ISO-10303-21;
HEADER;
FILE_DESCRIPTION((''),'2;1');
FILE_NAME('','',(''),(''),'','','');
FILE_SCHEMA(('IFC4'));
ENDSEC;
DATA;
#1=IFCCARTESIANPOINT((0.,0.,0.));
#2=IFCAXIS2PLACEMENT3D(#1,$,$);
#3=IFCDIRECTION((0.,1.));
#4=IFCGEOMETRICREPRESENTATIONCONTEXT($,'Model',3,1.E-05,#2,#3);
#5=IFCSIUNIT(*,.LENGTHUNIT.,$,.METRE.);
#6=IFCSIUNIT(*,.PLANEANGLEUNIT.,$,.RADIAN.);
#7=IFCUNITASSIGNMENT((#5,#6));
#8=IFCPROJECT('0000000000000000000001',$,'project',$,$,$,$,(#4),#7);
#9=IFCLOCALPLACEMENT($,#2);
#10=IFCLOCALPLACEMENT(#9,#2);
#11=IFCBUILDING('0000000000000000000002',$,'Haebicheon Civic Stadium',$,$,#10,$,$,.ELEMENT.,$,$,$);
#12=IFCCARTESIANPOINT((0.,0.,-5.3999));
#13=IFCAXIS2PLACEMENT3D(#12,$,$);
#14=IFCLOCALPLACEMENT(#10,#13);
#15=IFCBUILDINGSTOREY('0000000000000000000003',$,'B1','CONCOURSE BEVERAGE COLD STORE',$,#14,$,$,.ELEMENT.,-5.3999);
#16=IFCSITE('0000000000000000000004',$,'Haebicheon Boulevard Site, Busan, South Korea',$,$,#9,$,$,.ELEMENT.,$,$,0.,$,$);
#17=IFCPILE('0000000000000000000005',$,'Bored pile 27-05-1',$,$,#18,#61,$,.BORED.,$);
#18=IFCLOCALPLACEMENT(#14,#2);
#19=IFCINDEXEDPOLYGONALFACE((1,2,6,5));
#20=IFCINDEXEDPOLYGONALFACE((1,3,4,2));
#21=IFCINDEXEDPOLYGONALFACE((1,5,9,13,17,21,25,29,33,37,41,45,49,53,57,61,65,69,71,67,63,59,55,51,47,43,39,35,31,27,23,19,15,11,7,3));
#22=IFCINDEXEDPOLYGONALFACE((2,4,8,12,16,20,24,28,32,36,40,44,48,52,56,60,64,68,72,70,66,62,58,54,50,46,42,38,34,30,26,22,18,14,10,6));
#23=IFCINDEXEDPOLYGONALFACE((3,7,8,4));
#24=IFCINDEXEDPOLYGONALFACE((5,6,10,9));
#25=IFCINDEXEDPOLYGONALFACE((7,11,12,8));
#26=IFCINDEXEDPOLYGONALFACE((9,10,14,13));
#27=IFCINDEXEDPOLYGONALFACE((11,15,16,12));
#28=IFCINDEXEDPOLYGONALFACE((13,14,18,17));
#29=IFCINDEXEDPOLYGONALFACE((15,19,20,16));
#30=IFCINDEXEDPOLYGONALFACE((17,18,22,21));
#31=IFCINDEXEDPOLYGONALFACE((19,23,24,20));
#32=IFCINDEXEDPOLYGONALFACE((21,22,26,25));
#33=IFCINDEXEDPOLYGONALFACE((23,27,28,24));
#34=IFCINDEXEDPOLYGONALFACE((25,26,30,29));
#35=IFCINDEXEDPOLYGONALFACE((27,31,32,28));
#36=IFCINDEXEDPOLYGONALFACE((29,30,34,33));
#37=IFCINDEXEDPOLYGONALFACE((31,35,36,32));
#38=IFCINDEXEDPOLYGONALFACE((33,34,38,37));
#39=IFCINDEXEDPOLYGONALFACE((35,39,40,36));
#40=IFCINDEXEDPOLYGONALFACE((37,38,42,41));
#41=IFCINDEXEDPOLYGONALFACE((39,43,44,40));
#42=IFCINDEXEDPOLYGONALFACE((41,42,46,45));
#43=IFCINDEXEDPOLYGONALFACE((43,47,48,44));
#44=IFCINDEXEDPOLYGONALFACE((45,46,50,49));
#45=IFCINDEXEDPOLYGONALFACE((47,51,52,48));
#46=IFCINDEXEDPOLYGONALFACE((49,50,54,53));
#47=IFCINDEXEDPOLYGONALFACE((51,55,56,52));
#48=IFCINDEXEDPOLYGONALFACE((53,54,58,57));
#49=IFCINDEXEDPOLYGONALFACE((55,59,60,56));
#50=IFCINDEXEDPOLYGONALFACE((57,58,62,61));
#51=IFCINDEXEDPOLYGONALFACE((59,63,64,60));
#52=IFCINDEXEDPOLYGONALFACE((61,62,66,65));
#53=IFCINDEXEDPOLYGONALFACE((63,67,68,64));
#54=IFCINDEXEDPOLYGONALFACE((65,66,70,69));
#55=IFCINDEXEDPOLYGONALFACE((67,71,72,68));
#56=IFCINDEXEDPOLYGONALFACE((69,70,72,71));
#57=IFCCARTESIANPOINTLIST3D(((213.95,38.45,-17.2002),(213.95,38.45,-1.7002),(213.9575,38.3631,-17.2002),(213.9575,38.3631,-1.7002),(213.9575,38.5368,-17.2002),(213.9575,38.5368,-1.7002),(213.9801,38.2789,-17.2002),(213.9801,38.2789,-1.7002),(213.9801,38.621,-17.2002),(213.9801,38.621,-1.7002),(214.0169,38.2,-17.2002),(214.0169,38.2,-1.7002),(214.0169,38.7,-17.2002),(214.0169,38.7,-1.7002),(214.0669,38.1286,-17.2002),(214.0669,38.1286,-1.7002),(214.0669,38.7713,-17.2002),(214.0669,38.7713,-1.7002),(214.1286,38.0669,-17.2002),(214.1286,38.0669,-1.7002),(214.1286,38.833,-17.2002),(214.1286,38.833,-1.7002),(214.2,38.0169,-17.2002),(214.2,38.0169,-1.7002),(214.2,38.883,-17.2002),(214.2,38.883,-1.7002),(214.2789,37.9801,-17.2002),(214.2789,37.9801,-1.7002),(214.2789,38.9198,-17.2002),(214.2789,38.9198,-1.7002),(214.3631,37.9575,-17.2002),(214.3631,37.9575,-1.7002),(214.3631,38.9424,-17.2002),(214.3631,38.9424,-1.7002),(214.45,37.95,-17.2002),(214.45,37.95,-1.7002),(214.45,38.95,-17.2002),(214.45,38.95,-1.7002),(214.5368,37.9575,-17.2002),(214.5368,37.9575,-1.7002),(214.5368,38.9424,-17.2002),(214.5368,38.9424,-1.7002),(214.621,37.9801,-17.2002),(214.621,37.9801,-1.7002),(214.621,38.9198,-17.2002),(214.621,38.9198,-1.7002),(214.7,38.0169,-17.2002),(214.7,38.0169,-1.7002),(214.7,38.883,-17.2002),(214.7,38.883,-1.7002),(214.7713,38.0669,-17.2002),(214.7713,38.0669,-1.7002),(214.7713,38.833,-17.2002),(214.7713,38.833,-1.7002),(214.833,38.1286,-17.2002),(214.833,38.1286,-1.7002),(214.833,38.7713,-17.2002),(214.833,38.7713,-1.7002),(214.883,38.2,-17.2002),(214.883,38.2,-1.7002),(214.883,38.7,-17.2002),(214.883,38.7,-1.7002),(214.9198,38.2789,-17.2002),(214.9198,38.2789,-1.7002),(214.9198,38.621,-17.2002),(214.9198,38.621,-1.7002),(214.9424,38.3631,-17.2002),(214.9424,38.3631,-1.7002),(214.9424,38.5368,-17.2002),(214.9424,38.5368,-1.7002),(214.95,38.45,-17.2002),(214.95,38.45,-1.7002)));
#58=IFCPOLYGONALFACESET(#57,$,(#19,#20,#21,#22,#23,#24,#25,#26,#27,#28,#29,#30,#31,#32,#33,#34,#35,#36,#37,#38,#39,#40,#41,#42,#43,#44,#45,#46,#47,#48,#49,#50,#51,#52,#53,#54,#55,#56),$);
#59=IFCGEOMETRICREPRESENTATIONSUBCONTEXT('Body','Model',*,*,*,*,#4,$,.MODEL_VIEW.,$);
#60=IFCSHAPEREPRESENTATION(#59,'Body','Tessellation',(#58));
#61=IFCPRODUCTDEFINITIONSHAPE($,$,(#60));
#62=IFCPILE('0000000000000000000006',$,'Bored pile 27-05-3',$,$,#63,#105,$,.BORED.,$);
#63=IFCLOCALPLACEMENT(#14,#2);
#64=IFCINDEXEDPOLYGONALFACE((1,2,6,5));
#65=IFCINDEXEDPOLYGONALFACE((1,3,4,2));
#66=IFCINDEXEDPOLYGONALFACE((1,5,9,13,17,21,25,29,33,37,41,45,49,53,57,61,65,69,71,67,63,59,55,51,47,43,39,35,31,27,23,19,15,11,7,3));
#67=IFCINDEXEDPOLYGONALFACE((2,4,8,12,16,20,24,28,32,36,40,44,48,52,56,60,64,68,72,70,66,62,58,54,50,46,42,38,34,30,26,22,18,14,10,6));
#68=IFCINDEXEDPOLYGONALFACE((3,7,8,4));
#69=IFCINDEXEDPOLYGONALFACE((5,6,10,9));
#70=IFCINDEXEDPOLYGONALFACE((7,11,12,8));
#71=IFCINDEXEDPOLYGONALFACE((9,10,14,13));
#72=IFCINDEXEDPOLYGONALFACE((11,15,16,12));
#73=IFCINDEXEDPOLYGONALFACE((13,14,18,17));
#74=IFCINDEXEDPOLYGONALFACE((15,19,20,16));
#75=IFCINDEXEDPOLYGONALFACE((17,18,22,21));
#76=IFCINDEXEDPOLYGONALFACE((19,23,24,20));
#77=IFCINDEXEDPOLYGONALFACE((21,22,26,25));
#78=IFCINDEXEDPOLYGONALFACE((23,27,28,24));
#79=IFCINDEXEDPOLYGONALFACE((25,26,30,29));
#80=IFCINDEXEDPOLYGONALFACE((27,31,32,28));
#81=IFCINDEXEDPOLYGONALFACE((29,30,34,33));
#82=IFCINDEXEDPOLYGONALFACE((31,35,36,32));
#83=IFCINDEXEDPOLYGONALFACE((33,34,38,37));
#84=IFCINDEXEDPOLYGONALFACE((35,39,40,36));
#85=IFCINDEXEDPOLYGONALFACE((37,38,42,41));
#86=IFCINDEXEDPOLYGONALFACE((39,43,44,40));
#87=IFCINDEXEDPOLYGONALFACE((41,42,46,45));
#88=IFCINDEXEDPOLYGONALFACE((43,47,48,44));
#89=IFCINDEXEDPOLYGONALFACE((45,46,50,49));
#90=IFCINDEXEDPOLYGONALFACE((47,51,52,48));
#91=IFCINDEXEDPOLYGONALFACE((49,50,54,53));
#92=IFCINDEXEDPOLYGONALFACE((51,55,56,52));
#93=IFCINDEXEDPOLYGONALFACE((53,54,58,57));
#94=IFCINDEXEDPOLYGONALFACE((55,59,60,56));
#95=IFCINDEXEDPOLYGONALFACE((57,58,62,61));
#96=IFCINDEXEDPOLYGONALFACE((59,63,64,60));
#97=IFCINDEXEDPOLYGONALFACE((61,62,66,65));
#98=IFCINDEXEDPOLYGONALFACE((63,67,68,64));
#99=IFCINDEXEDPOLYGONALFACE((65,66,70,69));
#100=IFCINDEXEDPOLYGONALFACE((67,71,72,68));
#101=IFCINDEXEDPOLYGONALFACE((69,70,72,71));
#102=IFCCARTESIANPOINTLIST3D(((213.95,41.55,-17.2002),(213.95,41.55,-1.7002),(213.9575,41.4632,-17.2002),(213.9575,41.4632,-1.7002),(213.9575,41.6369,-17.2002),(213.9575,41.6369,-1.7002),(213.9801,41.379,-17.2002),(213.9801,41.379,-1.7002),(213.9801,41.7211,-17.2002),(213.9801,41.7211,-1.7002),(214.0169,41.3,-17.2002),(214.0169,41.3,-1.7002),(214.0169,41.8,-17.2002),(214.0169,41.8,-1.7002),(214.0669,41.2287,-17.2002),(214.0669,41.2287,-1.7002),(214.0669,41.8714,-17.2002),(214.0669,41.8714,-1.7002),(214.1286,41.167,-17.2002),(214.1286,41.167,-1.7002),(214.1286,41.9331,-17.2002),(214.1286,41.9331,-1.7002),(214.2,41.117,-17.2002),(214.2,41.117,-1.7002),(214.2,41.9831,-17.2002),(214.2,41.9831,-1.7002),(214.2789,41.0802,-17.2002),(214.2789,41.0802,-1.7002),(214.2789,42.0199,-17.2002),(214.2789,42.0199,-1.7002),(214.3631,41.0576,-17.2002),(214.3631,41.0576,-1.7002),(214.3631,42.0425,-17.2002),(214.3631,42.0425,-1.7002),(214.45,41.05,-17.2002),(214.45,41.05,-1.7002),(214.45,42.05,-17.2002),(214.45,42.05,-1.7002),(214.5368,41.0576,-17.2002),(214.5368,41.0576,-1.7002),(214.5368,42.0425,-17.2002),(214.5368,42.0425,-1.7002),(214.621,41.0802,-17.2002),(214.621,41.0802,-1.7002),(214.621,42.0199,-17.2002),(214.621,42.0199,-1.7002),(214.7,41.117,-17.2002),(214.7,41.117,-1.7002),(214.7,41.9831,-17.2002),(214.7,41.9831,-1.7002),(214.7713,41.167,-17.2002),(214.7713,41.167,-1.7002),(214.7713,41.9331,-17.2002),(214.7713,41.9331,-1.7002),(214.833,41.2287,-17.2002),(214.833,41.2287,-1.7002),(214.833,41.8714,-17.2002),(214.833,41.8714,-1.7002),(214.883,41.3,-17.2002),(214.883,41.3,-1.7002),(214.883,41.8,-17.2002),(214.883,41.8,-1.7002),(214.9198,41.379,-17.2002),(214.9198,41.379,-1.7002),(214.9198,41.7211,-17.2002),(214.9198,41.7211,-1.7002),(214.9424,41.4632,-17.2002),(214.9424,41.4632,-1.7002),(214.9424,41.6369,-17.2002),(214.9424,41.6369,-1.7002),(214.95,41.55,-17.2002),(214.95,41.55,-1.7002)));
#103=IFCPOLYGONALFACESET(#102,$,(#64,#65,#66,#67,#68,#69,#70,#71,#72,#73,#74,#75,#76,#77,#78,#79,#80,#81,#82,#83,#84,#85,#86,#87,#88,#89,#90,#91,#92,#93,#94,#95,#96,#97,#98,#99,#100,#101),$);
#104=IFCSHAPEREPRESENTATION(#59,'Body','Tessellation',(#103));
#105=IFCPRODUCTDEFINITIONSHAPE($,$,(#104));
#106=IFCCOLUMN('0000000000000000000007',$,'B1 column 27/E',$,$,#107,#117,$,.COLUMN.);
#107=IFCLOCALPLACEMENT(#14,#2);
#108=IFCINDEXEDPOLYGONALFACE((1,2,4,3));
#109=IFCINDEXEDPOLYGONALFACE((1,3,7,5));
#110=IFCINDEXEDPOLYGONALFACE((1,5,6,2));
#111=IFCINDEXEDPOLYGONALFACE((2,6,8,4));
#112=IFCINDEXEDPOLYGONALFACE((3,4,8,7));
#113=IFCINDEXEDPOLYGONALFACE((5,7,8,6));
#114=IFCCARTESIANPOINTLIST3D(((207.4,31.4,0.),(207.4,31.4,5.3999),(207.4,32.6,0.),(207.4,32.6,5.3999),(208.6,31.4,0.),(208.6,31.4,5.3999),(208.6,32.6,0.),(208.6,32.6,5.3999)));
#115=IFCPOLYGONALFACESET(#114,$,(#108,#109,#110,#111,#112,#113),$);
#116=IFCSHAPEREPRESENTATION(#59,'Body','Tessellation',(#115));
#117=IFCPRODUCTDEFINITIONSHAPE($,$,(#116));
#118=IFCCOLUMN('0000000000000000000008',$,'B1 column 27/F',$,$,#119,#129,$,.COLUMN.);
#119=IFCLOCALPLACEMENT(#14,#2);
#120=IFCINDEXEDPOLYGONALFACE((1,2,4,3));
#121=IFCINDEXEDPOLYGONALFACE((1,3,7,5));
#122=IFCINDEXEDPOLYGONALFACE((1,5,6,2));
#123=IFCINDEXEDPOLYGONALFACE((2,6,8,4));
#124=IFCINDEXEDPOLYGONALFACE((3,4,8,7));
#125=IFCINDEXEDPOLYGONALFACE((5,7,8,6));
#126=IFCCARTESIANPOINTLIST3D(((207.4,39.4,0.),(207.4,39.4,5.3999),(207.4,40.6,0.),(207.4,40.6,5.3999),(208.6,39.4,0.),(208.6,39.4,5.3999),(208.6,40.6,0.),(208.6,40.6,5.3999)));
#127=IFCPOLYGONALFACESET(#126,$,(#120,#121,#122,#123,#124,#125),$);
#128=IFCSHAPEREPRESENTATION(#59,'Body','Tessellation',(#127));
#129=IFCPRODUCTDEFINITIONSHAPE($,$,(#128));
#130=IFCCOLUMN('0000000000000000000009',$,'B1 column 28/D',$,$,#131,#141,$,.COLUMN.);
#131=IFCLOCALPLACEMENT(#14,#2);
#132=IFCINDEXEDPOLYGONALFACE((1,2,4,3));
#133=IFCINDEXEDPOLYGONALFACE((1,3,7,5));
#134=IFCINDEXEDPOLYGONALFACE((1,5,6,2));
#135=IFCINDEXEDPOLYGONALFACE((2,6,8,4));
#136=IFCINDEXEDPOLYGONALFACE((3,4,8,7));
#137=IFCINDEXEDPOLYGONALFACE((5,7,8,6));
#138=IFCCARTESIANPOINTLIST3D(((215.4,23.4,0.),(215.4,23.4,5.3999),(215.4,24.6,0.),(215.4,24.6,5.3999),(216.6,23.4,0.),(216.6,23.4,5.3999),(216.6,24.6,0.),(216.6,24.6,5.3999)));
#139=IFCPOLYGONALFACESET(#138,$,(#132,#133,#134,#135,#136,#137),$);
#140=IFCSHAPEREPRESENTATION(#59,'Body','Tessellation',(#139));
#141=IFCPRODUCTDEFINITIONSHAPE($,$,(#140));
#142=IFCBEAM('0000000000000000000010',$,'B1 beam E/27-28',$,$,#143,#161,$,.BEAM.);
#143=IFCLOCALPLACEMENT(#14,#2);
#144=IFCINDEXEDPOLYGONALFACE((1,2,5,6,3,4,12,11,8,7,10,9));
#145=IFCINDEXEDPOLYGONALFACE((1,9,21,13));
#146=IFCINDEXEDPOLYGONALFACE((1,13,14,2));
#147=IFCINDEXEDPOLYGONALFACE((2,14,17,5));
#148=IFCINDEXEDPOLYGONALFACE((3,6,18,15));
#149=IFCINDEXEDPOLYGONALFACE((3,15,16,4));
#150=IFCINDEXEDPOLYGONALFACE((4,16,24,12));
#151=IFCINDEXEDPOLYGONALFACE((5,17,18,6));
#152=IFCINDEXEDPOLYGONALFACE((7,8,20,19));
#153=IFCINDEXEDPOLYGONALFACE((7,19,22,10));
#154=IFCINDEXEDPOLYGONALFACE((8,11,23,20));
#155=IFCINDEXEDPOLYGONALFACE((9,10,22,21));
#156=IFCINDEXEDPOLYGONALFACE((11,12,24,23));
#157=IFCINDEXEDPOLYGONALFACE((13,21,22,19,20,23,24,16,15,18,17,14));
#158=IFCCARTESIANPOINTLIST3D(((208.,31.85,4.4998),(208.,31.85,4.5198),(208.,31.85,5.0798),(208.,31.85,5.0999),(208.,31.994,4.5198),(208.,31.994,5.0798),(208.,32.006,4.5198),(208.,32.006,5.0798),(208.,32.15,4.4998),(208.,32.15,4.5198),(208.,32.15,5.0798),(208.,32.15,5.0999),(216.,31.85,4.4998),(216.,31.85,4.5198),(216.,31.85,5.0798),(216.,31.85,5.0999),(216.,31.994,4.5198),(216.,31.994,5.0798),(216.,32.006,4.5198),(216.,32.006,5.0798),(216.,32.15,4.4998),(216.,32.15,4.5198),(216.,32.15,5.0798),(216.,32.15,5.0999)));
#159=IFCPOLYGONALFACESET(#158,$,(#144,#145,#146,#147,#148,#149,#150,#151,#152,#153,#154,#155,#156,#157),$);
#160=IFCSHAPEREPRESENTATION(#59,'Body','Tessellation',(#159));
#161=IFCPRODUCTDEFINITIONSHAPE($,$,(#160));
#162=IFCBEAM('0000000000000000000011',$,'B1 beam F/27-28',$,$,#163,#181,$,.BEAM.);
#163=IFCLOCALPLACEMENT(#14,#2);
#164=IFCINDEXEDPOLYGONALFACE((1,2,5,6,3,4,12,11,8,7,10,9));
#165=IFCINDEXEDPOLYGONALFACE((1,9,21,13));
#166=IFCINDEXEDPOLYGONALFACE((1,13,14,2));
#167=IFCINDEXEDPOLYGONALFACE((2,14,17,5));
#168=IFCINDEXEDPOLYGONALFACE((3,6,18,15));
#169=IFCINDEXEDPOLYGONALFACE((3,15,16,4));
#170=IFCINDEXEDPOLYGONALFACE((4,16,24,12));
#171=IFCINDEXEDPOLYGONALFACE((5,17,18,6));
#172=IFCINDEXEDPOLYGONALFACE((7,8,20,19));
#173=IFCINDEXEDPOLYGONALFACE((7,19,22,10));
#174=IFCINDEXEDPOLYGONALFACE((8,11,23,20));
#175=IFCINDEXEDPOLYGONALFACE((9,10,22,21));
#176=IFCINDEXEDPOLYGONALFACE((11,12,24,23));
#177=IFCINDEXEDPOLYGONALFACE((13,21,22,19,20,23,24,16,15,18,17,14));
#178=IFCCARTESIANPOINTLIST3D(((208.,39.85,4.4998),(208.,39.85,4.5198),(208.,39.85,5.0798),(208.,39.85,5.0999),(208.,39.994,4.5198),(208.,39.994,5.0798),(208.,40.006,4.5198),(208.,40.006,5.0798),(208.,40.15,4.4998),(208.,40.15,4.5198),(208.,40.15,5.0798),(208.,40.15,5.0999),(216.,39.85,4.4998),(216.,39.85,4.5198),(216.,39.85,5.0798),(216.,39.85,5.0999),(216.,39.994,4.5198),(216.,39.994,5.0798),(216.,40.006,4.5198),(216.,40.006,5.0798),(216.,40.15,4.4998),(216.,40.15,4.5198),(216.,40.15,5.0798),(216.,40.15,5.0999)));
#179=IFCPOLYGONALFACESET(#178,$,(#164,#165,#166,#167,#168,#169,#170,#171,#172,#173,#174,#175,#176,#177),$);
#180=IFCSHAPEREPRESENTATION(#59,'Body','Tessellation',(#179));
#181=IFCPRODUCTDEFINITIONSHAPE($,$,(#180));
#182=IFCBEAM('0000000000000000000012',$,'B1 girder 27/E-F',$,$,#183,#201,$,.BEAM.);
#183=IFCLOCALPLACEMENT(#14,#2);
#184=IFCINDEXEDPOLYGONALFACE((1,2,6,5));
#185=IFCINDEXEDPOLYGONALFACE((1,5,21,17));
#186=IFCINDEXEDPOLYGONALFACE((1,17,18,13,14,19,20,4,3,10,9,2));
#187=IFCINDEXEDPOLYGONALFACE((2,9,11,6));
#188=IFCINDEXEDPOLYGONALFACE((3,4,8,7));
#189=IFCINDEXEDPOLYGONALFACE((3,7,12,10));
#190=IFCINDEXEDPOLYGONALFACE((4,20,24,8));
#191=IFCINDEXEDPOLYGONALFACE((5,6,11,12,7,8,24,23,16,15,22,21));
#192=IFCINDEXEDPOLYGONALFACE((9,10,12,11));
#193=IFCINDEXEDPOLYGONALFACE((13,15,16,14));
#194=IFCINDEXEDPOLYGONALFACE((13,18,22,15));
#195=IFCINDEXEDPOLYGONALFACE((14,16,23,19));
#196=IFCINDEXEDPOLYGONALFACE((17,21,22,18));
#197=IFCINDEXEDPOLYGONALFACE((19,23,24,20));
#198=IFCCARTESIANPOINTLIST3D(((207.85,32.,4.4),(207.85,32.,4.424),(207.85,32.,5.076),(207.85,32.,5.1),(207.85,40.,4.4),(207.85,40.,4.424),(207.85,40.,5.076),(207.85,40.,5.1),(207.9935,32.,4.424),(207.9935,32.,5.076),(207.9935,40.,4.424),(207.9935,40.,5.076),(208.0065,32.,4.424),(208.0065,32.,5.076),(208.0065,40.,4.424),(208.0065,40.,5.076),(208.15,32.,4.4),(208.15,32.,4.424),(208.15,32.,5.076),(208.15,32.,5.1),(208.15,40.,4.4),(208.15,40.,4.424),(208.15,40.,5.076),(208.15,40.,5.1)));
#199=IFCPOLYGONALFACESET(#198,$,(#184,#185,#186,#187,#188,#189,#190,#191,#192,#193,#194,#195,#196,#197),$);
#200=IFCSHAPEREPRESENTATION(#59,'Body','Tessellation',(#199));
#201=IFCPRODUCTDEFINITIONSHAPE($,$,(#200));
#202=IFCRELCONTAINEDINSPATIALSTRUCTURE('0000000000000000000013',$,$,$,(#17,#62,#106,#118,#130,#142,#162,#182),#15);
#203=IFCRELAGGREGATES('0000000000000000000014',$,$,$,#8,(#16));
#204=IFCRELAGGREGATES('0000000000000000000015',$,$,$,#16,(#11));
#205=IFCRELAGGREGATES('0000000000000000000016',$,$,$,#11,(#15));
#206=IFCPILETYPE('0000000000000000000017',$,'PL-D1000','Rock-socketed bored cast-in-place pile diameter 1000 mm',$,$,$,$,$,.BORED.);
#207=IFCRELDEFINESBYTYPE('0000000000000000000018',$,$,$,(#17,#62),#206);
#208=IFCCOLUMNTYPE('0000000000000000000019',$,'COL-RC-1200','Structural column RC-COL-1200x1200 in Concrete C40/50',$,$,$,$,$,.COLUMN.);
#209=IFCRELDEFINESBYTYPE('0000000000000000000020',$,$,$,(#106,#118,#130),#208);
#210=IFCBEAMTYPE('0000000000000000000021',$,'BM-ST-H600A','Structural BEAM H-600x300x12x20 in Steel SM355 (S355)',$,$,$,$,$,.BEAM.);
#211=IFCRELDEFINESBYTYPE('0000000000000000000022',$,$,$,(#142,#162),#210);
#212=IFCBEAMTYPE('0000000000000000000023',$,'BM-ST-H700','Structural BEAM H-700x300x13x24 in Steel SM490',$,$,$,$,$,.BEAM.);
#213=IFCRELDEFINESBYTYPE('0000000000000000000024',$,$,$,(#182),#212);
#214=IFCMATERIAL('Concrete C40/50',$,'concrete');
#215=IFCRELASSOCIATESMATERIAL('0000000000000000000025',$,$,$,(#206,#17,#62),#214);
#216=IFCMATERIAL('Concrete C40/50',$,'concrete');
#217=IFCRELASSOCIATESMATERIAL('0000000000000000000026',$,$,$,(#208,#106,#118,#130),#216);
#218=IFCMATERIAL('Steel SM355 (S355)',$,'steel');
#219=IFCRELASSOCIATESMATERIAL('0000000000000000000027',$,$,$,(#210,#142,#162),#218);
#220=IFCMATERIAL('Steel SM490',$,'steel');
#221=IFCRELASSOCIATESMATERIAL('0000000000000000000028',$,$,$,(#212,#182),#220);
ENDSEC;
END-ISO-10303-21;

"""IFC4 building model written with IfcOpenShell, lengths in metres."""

from ifc_helpers import new_model, si_unit, direction, frame, origin, origin_2d, place, context, subcontext, project, spatial, rectangle, circle, i_section, extrude, material, material_profile, profile_set, type_object, element, save


model = new_model("IFC4")

# Units and contexts
model_context = context("Model", 3, precision=1e-05, world=origin(), true_north=direction((0.0, 1.0)))
body_context = subcontext(model_context, "Body", "Model", "MODEL_VIEW")
ifc_project = project(units=[si_unit("LENGTHUNIT", "METRE"), si_unit("PLANEANGLEUNIT", "RADIAN")], contexts=[model_context])

# Site, building, storey
site_placement = place(None, origin())
site = spatial("IfcSite", under=ifc_project, at=site_placement, Name="Haebicheon Boulevard Site, Busan, South Korea", CompositionType="ELEMENT", RefElevation=0.0)
building_placement = place(site_placement, origin())
building = spatial("IfcBuilding", under=site, at=building_placement, Name="Haebicheon Civic Stadium", CompositionType="ELEMENT")
storey_placement = place(building_placement, frame((0.0, 0.0, -5.3999)))
storey = spatial("IfcBuildingStorey", under=building, at=storey_placement, Name="B1", Description="CONCOURSE BEVERAGE COLD STORE", CompositionType="ELEMENT", Elevation=-5.3999)

# Piles
ifc_material_1 = material(Name="Concrete C40/50", Category="concrete")
ifc_material_profile_1 = material_profile(ifc_material_1, circle(Radius=0.5, at=origin_2d()), Name="PILE-D1000")
ifc_profile_set_1 = profile_set([ifc_material_profile_1], Name="Concrete C40/50")
pile_type = type_object("IfcPileType", Name="PL-D1000", Description="Rock-socketed bored cast-in-place pile diameter 1000 mm", PredefinedType="BORED", material=ifc_profile_set_1)
for number, where, z_axis, x_axis, name in (
    (1, (214.45, 38.45, -1.7002), (0.0, 0.0, -1.0), (1.0, 0.0, 0.0), "Bored pile 27-05-1"),
    (2, (214.45, 41.55, -1.7002), (0.0, 0.0, -1.0), (1.0, 0.0, 0.0), "Bored pile 27-05-3"),
):
    element("IfcPile", number, at=place(storey_placement, frame(where, z_axis=z_axis, x_axis=x_axis)), inside=storey, type_object=pile_type, material=ifc_profile_set_1, Name=name, PredefinedType="BORED", context=body_context, shape_type="SweptSolid", body=[
        extrude(circle(Radius=0.5, at=origin_2d()), origin(), (0.0, 0.0, 1.0), 15.5),
    ])

# Columns
ifc_material_2 = material(Name="Concrete C40/50", Category="concrete")
ifc_material_profile_2 = material_profile(ifc_material_2, rectangle(XDim=1.2, YDim=1.2, at=origin_2d()), Name="RC-COL-1200x1200")
ifc_profile_set_2 = profile_set([ifc_material_profile_2], Name="Concrete C40/50")
column_type = type_object("IfcColumnType", Name="COL-RC-1200", Description="Structural column RC-COL-1200x1200 in Concrete C40/50", PredefinedType="COLUMN", material=ifc_profile_set_2)
for number, where, z_axis, x_axis, name in (
    (3, (208.0, 32.0, 0.0), (0.0, 0.0, 1.0), (1.0, 0.0, 0.0), "B1 column 27/E"),
    (4, (208.0, 40.0, 0.0), (0.0, 0.0, 1.0), (1.0, 0.0, 0.0), "B1 column 27/F"),
    (5, (216.0, 24.0, 0.0), (0.0, 0.0, 1.0), (1.0, 0.0, 0.0), "B1 column 28/D"),
):
    element("IfcColumn", number, at=place(storey_placement, frame(where, z_axis=z_axis, x_axis=x_axis)), inside=storey, type_object=column_type, material=ifc_profile_set_2, Name=name, PredefinedType="COLUMN", context=body_context, shape_type="SweptSolid", body=[
        extrude(rectangle(XDim=1.2, YDim=1.2, at=origin_2d()), origin(), (0.0, 0.0, 1.0), 5.3999),
    ])

# Beams
ifc_material_3 = material(Name="Steel SM355 (S355)", Category="steel")
ifc_material_profile_3 = material_profile(ifc_material_3, i_section(OverallWidth=0.3, OverallDepth=0.6001, WebThickness=0.012, FlangeThickness=0.02, at=origin_2d()), Name="H-600x300x12x20")
ifc_profile_set_3 = profile_set([ifc_material_profile_3], Name="Steel SM355 (S355)")
beam_type_1 = type_object("IfcBeamType", Name="BM-ST-H600A", Description="Structural BEAM H-600x300x12x20 in Steel SM355 (S355)", PredefinedType="BEAM", material=ifc_profile_set_3)
for number, where, z_axis, x_axis, name in (
    (6, (208.0, 32.0, 4.7998), (1.0, 0.0, 0.0), (0.0, 1.0, 0.0), "B1 beam E/27-28"),
    (7, (208.0, 40.0, 4.7998), (1.0, 0.0, 0.0), (0.0, 1.0, 0.0), "B1 beam F/27-28"),
):
    element("IfcBeam", number, at=place(storey_placement, frame(where, z_axis=z_axis, x_axis=x_axis)), inside=storey, type_object=beam_type_1, material=ifc_profile_set_3, Name=name, PredefinedType="BEAM", context=body_context, shape_type="SweptSolid", body=[
        extrude(i_section(OverallWidth=0.3, OverallDepth=0.6001, WebThickness=0.012, FlangeThickness=0.02, at=origin_2d()), origin(), (0.0, 0.0, 1.0), 8.0),
    ])
ifc_material_4 = material(Name="Steel SM490", Category="steel")
ifc_material_profile_4 = material_profile(ifc_material_4, i_section(OverallWidth=0.3, OverallDepth=0.7, WebThickness=0.0129, FlangeThickness=0.0239, at=origin_2d()), Name="H-700x300x13x24")
ifc_profile_set_4 = profile_set([ifc_material_profile_4], Name="Steel SM490")
beam_type_2 = type_object("IfcBeamType", Name="BM-ST-H700", Description="Structural BEAM H-700x300x13x24 in Steel SM490", PredefinedType="BEAM", material=ifc_profile_set_4)
for number, where, z_axis, x_axis, name in (
    (8, (208.0, 32.0, 4.75), (0.0, 1.0, 0.0), (-1.0, 0.0, 0.0), "B1 girder 27/E-F"),
):
    element("IfcBeam", number, at=place(storey_placement, frame(where, z_axis=z_axis, x_axis=x_axis)), inside=storey, type_object=beam_type_2, material=ifc_profile_set_4, Name=name, PredefinedType="BEAM", context=body_context, shape_type="SweptSolid", body=[
        extrude(i_section(OverallWidth=0.3, OverallDepth=0.7, WebThickness=0.0129, FlangeThickness=0.0239, at=origin_2d()), origin(), (0.0, 0.0, 1.0), 8.0),
    ])

save(model, "model.ifc")
